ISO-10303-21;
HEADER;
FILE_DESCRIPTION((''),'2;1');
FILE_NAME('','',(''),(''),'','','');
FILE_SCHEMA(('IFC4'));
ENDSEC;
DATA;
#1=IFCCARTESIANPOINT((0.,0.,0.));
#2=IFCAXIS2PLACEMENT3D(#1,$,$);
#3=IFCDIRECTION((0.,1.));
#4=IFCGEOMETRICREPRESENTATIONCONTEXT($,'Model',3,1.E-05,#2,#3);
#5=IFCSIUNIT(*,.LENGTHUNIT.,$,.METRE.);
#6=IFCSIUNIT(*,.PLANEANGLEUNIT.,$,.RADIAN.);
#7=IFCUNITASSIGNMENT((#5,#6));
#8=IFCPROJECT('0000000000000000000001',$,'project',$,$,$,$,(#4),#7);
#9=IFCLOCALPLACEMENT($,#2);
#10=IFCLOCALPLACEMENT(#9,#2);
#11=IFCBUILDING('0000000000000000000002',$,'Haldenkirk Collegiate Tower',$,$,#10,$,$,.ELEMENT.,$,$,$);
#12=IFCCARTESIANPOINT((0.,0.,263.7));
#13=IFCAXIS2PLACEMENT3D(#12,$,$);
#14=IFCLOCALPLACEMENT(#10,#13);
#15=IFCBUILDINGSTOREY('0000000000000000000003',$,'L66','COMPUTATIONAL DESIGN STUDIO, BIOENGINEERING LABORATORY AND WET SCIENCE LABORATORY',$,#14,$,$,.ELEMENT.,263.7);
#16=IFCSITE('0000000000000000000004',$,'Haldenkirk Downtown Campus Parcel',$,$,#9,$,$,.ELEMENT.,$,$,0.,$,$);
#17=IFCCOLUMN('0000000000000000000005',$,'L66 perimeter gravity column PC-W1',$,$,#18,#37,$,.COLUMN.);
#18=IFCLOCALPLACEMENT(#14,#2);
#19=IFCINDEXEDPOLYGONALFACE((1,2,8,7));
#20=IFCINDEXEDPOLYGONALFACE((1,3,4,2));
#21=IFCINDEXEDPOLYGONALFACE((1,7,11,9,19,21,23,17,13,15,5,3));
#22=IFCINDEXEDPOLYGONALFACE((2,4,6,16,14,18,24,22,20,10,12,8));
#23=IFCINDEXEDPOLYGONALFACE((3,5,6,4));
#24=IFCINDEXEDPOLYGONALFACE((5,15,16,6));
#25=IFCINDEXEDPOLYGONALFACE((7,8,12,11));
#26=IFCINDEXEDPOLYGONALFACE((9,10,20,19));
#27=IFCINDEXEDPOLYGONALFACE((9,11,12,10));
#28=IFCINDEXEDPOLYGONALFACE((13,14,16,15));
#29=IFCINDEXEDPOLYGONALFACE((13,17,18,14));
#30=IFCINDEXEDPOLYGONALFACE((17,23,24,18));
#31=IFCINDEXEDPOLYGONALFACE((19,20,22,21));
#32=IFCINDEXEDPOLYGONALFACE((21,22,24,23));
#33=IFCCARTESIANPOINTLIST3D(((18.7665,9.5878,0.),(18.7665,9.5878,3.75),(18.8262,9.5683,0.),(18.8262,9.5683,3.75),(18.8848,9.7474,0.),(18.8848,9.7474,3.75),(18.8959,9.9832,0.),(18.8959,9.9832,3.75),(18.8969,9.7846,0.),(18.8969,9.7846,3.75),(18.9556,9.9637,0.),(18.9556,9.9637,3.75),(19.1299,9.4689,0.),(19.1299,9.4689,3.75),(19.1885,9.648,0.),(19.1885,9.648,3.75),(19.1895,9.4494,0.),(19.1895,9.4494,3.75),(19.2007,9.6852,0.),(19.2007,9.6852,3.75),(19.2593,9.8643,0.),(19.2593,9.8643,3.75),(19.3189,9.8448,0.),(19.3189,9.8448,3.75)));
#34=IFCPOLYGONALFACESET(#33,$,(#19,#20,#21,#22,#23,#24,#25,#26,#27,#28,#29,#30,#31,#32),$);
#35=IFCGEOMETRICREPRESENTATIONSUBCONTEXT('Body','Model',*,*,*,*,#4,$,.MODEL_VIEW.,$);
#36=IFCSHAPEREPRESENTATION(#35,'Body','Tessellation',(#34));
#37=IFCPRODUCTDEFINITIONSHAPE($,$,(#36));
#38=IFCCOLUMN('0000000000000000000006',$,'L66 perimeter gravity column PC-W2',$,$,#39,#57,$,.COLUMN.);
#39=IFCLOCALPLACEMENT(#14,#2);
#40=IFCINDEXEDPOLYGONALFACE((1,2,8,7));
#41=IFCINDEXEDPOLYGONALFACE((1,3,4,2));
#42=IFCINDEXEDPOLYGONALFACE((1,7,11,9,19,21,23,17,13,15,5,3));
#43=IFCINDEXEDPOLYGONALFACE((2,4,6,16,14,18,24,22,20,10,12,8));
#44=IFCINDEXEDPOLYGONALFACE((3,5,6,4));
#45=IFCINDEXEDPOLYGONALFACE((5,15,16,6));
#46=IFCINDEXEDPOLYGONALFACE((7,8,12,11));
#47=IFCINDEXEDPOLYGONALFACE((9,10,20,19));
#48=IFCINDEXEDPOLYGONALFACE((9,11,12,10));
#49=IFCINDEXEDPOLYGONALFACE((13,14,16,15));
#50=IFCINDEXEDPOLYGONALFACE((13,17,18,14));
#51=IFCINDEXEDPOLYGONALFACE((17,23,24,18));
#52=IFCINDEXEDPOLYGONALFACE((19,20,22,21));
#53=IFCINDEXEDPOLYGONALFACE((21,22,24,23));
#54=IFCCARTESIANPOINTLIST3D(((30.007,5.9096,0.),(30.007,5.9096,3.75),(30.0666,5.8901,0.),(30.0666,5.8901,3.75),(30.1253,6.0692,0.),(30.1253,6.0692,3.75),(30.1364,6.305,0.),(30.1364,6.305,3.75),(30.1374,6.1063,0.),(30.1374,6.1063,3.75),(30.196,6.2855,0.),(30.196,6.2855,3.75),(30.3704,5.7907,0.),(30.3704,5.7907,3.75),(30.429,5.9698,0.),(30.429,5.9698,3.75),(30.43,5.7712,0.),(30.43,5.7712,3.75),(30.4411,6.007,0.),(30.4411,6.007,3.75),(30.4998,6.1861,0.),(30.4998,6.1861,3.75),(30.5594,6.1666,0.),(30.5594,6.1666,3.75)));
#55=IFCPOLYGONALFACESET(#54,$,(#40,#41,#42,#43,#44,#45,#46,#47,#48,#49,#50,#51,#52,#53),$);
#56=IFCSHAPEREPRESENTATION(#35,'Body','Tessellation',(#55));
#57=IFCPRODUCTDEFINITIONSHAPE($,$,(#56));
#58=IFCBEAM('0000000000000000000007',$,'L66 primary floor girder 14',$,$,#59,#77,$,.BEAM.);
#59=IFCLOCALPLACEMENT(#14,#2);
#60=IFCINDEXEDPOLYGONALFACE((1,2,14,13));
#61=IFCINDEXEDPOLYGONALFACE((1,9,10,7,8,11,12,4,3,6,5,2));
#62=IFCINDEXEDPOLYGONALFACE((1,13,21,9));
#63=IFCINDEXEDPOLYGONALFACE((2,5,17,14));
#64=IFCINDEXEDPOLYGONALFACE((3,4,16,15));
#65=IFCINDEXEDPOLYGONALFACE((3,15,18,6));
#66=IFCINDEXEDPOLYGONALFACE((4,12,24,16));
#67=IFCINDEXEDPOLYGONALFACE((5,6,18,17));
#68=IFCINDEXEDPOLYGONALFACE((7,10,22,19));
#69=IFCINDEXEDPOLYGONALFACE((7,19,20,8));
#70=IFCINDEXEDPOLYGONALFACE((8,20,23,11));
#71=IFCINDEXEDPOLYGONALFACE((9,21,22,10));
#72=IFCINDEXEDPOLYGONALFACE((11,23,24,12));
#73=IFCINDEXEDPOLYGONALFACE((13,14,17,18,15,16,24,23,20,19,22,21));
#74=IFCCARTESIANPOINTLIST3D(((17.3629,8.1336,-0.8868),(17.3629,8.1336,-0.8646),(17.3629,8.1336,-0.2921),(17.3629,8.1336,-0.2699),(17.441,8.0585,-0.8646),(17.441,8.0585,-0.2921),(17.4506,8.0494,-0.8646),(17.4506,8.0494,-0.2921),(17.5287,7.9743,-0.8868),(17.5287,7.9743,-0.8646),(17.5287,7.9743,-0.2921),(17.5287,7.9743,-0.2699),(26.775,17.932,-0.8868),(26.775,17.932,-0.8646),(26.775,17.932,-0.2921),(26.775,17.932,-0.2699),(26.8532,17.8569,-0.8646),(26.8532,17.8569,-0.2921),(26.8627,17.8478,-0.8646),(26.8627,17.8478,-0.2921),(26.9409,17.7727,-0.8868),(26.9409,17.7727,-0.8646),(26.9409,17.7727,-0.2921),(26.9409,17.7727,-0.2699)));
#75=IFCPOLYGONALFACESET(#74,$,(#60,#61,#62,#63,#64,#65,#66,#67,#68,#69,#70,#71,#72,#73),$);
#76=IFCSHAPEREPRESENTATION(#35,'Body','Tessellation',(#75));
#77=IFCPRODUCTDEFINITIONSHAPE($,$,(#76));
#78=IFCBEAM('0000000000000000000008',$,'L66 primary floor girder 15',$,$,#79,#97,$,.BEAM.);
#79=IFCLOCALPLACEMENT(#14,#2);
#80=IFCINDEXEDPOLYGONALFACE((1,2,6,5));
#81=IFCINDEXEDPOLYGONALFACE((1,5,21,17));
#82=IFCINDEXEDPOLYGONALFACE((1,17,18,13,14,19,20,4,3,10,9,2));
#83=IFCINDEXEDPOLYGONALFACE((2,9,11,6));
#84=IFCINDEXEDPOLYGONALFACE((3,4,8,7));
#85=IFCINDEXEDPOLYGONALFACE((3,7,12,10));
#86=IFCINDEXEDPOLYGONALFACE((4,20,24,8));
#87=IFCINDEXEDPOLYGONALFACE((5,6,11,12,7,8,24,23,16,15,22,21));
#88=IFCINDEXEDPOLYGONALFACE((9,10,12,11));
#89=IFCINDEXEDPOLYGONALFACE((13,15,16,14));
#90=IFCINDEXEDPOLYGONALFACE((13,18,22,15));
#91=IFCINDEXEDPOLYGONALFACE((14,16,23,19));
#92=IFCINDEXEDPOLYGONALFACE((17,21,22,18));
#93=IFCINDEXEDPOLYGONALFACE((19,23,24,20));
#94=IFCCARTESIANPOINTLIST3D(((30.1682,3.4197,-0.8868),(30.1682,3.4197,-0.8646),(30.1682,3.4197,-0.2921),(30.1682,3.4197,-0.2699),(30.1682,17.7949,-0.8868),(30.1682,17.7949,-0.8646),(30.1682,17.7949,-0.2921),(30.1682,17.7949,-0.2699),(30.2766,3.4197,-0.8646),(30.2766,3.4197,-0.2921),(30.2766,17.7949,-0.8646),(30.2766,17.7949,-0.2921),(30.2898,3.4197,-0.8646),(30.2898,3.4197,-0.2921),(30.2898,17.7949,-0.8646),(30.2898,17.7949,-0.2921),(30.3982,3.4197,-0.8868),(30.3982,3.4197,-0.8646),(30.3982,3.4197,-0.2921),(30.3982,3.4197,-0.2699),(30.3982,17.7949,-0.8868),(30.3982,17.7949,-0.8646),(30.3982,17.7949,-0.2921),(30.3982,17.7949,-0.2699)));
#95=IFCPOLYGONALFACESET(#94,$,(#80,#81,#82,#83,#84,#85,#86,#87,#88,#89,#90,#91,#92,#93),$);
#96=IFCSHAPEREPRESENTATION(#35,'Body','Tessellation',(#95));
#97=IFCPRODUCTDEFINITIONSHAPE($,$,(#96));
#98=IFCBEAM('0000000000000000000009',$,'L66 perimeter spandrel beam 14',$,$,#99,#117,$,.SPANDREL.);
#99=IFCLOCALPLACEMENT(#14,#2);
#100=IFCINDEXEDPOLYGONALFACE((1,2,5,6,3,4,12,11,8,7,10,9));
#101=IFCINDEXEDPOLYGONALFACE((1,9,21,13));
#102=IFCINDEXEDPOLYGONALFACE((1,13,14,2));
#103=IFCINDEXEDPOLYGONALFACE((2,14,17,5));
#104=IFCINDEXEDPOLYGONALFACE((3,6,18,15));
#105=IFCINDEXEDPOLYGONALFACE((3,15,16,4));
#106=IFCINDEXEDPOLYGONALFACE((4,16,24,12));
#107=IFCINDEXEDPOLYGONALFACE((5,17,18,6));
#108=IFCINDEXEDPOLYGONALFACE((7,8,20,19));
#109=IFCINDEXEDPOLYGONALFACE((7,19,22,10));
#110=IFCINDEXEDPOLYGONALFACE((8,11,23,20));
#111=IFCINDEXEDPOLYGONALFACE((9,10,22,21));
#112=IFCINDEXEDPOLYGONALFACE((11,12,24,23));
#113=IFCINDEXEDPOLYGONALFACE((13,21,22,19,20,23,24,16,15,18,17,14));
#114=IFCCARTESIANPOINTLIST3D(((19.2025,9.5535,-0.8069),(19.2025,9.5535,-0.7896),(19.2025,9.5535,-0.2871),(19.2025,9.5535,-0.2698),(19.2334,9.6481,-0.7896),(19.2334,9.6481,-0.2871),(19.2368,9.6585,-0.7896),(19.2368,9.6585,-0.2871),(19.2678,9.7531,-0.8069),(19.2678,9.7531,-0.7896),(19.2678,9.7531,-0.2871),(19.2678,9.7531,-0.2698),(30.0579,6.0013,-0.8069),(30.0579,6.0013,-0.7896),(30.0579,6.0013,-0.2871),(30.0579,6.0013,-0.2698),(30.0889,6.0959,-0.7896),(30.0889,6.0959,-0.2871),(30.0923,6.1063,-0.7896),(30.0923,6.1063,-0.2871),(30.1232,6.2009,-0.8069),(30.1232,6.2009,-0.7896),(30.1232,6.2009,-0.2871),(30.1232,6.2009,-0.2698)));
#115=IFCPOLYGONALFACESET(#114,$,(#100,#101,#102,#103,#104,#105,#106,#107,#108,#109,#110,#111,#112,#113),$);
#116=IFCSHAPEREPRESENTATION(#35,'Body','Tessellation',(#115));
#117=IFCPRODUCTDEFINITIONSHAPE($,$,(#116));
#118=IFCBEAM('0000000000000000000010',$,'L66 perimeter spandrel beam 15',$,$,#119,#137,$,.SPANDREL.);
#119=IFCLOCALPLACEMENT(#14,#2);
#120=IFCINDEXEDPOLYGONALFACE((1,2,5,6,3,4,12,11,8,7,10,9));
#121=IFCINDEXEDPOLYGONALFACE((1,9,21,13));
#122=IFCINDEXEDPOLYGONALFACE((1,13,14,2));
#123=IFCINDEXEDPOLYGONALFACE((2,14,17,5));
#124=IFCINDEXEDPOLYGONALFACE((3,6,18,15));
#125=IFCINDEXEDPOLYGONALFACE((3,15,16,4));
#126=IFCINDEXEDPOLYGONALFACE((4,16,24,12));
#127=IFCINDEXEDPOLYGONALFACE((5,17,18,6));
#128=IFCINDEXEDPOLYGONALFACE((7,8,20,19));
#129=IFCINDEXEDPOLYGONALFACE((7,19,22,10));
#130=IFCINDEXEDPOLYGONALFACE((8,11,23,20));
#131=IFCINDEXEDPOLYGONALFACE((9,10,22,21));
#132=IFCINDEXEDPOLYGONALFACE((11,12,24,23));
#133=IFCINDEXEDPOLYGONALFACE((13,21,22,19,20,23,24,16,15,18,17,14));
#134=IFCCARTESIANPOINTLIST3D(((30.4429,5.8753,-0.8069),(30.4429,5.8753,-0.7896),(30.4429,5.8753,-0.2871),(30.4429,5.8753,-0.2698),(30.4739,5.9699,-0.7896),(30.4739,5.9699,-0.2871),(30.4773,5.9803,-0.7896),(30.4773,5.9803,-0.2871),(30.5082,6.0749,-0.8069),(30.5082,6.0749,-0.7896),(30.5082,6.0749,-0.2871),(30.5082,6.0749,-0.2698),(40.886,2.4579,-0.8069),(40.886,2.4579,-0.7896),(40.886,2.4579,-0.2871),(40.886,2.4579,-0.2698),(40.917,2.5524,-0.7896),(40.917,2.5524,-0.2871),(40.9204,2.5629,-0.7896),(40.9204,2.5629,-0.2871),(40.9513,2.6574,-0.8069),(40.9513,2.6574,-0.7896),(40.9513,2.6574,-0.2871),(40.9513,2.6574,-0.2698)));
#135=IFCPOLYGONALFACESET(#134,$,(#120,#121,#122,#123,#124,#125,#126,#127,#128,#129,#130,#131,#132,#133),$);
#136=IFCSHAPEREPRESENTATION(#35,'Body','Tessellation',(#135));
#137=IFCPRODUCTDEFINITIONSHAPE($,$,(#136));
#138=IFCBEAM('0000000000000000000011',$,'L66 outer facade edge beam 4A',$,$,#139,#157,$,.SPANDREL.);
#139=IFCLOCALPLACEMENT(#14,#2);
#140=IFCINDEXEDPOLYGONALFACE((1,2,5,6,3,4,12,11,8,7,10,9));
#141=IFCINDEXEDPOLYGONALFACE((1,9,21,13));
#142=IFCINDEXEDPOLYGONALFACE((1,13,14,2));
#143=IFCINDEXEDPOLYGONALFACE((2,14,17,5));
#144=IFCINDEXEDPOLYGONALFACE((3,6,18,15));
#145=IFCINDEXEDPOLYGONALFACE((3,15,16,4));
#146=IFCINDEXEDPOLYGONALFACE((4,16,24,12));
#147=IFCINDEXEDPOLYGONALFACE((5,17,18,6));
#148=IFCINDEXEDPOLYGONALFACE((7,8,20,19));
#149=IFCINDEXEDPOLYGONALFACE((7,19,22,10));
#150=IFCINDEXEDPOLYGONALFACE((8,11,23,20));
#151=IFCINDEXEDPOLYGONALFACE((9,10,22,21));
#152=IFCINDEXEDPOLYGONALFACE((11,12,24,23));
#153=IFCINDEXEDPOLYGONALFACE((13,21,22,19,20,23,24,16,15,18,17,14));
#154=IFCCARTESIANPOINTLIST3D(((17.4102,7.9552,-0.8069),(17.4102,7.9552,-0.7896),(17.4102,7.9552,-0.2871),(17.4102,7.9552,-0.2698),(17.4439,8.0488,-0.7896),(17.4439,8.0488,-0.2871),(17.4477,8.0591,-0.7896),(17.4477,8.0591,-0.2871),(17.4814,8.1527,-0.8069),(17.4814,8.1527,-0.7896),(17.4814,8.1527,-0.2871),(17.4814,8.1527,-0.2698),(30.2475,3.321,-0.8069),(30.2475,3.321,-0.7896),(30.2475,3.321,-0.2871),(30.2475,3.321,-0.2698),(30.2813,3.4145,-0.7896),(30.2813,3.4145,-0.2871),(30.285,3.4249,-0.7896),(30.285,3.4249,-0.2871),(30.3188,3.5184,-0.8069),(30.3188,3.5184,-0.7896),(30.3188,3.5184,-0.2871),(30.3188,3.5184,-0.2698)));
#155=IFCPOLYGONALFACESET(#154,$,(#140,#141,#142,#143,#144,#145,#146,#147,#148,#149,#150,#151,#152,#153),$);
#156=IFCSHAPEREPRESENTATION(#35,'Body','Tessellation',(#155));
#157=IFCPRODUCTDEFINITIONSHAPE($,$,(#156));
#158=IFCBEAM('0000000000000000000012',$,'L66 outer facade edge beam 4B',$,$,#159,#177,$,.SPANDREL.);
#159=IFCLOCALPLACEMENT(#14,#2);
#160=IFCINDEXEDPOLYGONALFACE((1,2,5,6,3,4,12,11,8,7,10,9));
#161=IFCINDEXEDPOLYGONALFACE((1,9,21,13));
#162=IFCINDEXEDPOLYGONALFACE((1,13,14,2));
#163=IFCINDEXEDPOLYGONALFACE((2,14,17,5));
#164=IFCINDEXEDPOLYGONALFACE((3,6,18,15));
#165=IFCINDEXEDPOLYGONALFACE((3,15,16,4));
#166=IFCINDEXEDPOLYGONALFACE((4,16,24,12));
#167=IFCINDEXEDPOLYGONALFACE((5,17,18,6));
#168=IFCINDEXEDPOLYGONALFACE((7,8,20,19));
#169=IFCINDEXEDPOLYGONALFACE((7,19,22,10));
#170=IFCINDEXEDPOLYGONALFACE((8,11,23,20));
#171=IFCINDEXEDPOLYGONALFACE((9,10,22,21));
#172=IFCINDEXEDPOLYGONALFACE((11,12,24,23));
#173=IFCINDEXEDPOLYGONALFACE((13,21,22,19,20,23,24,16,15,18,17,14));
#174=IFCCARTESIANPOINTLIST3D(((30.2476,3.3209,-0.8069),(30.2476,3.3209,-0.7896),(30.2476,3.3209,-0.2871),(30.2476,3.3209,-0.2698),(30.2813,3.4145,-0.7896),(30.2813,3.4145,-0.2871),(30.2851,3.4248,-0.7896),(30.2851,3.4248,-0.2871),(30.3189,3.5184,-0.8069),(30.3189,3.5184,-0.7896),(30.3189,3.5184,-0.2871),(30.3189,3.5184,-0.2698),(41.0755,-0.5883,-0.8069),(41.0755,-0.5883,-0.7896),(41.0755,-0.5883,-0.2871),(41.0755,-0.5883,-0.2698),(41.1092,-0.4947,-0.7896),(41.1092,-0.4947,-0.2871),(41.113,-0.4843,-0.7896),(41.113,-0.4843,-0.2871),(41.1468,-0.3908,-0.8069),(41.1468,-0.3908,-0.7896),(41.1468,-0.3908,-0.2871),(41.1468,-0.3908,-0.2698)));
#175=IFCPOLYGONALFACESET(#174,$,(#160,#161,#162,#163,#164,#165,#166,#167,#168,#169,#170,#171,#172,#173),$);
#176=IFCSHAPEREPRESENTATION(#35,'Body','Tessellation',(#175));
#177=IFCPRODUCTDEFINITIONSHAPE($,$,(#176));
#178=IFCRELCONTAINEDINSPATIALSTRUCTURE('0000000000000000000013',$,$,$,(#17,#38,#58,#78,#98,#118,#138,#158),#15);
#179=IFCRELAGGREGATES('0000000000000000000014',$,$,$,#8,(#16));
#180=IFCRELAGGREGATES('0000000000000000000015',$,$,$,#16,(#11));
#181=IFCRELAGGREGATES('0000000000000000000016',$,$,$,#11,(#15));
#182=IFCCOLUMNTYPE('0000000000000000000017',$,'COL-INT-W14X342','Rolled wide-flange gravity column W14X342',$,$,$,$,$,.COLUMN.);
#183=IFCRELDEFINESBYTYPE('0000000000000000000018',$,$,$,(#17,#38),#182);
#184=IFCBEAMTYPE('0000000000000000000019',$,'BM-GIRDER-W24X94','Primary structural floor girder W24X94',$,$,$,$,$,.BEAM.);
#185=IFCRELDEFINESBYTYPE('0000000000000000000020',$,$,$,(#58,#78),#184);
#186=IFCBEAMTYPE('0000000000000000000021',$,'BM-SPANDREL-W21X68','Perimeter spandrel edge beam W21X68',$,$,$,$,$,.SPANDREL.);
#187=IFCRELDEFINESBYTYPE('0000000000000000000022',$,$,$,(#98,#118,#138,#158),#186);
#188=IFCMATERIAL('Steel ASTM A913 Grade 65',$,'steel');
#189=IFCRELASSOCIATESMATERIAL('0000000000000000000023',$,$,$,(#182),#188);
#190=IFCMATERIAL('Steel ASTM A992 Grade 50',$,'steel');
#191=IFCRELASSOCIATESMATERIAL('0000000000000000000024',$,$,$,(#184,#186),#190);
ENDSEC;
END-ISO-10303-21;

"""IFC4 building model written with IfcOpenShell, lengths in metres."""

from ifc_helpers import new_model, si_unit, direction, frame, origin, origin_2d, place, context, subcontext, project, spatial, i_section, extrude, material, material_profile, profile_set, type_object, element, save


model = new_model("IFC4")

# Units and contexts
model_context = context("Model", 3, precision=1e-05, world=origin(), true_north=direction((0.0, 1.0)))
body_context = subcontext(model_context, "Body", "Model", "MODEL_VIEW")
ifc_project = project(units=[si_unit("LENGTHUNIT", "METRE"), si_unit("PLANEANGLEUNIT", "RADIAN")], contexts=[model_context])

# Site, building, storey
site_placement = place(None, origin())
site = spatial("IfcSite", under=ifc_project, at=site_placement, Name="Haldenkirk Downtown Campus Parcel", CompositionType="ELEMENT", RefElevation=0.0)
building_placement = place(site_placement, origin())
building = spatial("IfcBuilding", under=site, at=building_placement, Name="Haldenkirk Collegiate Tower", CompositionType="ELEMENT")
storey_placement = place(building_placement, frame((0.0, 0.0, 263.7)))
storey = spatial("IfcBuildingStorey", under=building, at=storey_placement, Name="L66", Description="COMPUTATIONAL DESIGN STUDIO, BIOENGINEERING LABORATORY AND WET SCIENCE LABORATORY", CompositionType="ELEMENT", Elevation=263.7)

# Columns
ifc_material_1 = material(Name="Steel ASTM A913 Grade 65", Category="steel")
ifc_material_profile_1 = material_profile(ifc_material_1, i_section(OverallWidth=0.416, OverallDepth=0.4451, WebThickness=0.0391, FlangeThickness=0.0627, at=origin_2d()), Name="W14X342")
ifc_profile_set_1 = profile_set([ifc_material_profile_1], Name="Steel ASTM A913 Grade 65")
column_type = type_object("IfcColumnType", Name="COL-INT-W14X342", Description="Rolled wide-flange gravity column W14X342", PredefinedType="COLUMN", material=ifc_profile_set_1)
for number, where, z_axis, x_axis, name in (
    (1, (19.0427, 9.7163, 0.0), (0.0, 0.0, 1.0), (0.311008, 0.950407, 0.0), "L66 perimeter gravity column PC-W1"),
    (2, (30.2832, 6.0381, 0.0), (0.0, 0.0, 1.0), (0.311008, 0.950407, 0.0), "L66 perimeter gravity column PC-W2"),
):
    element("IfcColumn", number, at=place(storey_placement, frame(where, z_axis=z_axis, x_axis=x_axis)), inside=storey, type_object=column_type, Name=name, PredefinedType="COLUMN", context=body_context, shape_type="SweptSolid", body=[
        extrude(i_section(OverallWidth=0.416, OverallDepth=0.4451, WebThickness=0.0391, FlangeThickness=0.0627, at=origin_2d()), origin(), (0.0, 0.0, 1.0), 3.75),
    ])

# Beams
ifc_material_2 = material(Name="Steel ASTM A992 Grade 50", Category="steel")
ifc_material_profile_2 = material_profile(ifc_material_2, i_section(OverallWidth=0.23, OverallDepth=0.6169, WebThickness=0.0132, FlangeThickness=0.0222, at=origin_2d()), Name="W24X94")
ifc_profile_set_2 = profile_set([ifc_material_profile_2], Name="Steel ASTM A992 Grade 50")
beam_type_1 = type_object("IfcBeamType", Name="BM-GIRDER-W24X94", Description="Primary structural floor girder W24X94", PredefinedType="BEAM", material=ifc_profile_set_2)
beam_1_placement = place(storey_placement, frame((17.4458, 8.054, -0.5784), z_axis=(0.69275, 0.721178, 0.0), x_axis=(-0.721178, 0.69275, 0.0)))
element("IfcBeam", 3, at=beam_1_placement, inside=storey, type_object=beam_type_1, Name="L66 primary floor girder 14", PredefinedType="BEAM", context=body_context, shape_type="SweptSolid", body=[
    extrude(i_section(OverallWidth=0.23, OverallDepth=0.6169, WebThickness=0.0132, FlangeThickness=0.0222, at=origin_2d()), origin(), (0.0, 0.0, 1.0), 13.5867),
])
beam_2_placement = place(storey_placement, frame((30.2832, 3.4197, -0.5784), z_axis=(0.0, 1.0, 0.0), x_axis=(-1.0, 0.0, 0.0)))
element("IfcBeam", 4, at=beam_2_placement, inside=storey, type_object=beam_type_1, Name="L66 primary floor girder 15", PredefinedType="BEAM", context=body_context, shape_type="SweptSolid", body=[
    extrude(i_section(OverallWidth=0.23, OverallDepth=0.6169, WebThickness=0.0132, FlangeThickness=0.0222, at=origin_2d()), origin(), (0.0, 0.0, 1.0), 14.3752),
])
ifc_material_profile_3 = material_profile(ifc_material_2, i_section(OverallWidth=0.21, OverallDepth=0.5371, WebThickness=0.011, FlangeThickness=0.0173, at=origin_2d()), Name="W21X68")
ifc_profile_set_3 = profile_set([ifc_material_profile_3], Name="Steel ASTM A992 Grade 50")
beam_type_2 = type_object("IfcBeamType", Name="BM-SPANDREL-W21X68", Description="Perimeter spandrel edge beam W21X68", PredefinedType="SPANDREL", material=ifc_profile_set_3)
beam_3_placement = place(storey_placement, frame((19.2351, 9.6533, -0.5383), z_axis=(0.950409, -0.311003, 0.0), x_axis=(0.311003, 0.950409, 0.0)))
element("IfcBeam", 5, at=beam_3_placement, inside=storey, type_object=beam_type_2, Name="L66 perimeter spandrel beam 14", PredefinedType="SPANDREL", context=body_context, shape_type="SweptSolid", body=[
    extrude(i_section(OverallWidth=0.21, OverallDepth=0.5371, WebThickness=0.011, FlangeThickness=0.0173, at=origin_2d()), origin(), (0.0, 0.0, 1.0), 11.4219),
])
beam_4_placement = place(storey_placement, frame((30.4756, 5.9751, -0.5383), z_axis=(0.950404, -0.311017, 0.0), x_axis=(0.311017, 0.950404, 0.0)))
element("IfcBeam", 6, at=beam_4_placement, inside=storey, type_object=beam_type_2, Name="L66 perimeter spandrel beam 15", PredefinedType="SPANDREL", context=body_context, shape_type="SweptSolid", body=[
    extrude(i_section(OverallWidth=0.21, OverallDepth=0.5371, WebThickness=0.011, FlangeThickness=0.0173, at=origin_2d()), origin(), (0.0, 0.0, 1.0), 10.988),
])
beam_5_placement = place(storey_placement, frame((17.4458, 8.054, -0.5383), z_axis=(0.940588, -0.33955, 0.0), x_axis=(0.33955, 0.940588, 0.0)))
element("IfcBeam", 7, at=beam_5_placement, inside=storey, type_object=beam_type_2, Name="L66 outer facade edge beam 4A", PredefinedType="SPANDREL", context=body_context, shape_type="SweptSolid", body=[
    extrude(i_section(OverallWidth=0.21, OverallDepth=0.5371, WebThickness=0.011, FlangeThickness=0.0173, at=origin_2d()), origin(), (0.0, 0.0, 1.0), 13.6482),
])
beam_6_placement = place(storey_placement, frame((30.2832, 3.4197, -0.5383), z_axis=(0.940579, -0.339576, 0.0), x_axis=(0.339576, 0.940579, 0.0)))
element("IfcBeam", 8, at=beam_6_placement, inside=storey, type_object=beam_type_2, Name="L66 outer facade edge beam 4B", PredefinedType="SPANDREL", context=body_context, shape_type="SweptSolid", body=[
    extrude(i_section(OverallWidth=0.21, OverallDepth=0.5371, WebThickness=0.011, FlangeThickness=0.0173, at=origin_2d()), origin(), (0.0, 0.0, 1.0), 11.512),
])

save(model, "model.ifc")
